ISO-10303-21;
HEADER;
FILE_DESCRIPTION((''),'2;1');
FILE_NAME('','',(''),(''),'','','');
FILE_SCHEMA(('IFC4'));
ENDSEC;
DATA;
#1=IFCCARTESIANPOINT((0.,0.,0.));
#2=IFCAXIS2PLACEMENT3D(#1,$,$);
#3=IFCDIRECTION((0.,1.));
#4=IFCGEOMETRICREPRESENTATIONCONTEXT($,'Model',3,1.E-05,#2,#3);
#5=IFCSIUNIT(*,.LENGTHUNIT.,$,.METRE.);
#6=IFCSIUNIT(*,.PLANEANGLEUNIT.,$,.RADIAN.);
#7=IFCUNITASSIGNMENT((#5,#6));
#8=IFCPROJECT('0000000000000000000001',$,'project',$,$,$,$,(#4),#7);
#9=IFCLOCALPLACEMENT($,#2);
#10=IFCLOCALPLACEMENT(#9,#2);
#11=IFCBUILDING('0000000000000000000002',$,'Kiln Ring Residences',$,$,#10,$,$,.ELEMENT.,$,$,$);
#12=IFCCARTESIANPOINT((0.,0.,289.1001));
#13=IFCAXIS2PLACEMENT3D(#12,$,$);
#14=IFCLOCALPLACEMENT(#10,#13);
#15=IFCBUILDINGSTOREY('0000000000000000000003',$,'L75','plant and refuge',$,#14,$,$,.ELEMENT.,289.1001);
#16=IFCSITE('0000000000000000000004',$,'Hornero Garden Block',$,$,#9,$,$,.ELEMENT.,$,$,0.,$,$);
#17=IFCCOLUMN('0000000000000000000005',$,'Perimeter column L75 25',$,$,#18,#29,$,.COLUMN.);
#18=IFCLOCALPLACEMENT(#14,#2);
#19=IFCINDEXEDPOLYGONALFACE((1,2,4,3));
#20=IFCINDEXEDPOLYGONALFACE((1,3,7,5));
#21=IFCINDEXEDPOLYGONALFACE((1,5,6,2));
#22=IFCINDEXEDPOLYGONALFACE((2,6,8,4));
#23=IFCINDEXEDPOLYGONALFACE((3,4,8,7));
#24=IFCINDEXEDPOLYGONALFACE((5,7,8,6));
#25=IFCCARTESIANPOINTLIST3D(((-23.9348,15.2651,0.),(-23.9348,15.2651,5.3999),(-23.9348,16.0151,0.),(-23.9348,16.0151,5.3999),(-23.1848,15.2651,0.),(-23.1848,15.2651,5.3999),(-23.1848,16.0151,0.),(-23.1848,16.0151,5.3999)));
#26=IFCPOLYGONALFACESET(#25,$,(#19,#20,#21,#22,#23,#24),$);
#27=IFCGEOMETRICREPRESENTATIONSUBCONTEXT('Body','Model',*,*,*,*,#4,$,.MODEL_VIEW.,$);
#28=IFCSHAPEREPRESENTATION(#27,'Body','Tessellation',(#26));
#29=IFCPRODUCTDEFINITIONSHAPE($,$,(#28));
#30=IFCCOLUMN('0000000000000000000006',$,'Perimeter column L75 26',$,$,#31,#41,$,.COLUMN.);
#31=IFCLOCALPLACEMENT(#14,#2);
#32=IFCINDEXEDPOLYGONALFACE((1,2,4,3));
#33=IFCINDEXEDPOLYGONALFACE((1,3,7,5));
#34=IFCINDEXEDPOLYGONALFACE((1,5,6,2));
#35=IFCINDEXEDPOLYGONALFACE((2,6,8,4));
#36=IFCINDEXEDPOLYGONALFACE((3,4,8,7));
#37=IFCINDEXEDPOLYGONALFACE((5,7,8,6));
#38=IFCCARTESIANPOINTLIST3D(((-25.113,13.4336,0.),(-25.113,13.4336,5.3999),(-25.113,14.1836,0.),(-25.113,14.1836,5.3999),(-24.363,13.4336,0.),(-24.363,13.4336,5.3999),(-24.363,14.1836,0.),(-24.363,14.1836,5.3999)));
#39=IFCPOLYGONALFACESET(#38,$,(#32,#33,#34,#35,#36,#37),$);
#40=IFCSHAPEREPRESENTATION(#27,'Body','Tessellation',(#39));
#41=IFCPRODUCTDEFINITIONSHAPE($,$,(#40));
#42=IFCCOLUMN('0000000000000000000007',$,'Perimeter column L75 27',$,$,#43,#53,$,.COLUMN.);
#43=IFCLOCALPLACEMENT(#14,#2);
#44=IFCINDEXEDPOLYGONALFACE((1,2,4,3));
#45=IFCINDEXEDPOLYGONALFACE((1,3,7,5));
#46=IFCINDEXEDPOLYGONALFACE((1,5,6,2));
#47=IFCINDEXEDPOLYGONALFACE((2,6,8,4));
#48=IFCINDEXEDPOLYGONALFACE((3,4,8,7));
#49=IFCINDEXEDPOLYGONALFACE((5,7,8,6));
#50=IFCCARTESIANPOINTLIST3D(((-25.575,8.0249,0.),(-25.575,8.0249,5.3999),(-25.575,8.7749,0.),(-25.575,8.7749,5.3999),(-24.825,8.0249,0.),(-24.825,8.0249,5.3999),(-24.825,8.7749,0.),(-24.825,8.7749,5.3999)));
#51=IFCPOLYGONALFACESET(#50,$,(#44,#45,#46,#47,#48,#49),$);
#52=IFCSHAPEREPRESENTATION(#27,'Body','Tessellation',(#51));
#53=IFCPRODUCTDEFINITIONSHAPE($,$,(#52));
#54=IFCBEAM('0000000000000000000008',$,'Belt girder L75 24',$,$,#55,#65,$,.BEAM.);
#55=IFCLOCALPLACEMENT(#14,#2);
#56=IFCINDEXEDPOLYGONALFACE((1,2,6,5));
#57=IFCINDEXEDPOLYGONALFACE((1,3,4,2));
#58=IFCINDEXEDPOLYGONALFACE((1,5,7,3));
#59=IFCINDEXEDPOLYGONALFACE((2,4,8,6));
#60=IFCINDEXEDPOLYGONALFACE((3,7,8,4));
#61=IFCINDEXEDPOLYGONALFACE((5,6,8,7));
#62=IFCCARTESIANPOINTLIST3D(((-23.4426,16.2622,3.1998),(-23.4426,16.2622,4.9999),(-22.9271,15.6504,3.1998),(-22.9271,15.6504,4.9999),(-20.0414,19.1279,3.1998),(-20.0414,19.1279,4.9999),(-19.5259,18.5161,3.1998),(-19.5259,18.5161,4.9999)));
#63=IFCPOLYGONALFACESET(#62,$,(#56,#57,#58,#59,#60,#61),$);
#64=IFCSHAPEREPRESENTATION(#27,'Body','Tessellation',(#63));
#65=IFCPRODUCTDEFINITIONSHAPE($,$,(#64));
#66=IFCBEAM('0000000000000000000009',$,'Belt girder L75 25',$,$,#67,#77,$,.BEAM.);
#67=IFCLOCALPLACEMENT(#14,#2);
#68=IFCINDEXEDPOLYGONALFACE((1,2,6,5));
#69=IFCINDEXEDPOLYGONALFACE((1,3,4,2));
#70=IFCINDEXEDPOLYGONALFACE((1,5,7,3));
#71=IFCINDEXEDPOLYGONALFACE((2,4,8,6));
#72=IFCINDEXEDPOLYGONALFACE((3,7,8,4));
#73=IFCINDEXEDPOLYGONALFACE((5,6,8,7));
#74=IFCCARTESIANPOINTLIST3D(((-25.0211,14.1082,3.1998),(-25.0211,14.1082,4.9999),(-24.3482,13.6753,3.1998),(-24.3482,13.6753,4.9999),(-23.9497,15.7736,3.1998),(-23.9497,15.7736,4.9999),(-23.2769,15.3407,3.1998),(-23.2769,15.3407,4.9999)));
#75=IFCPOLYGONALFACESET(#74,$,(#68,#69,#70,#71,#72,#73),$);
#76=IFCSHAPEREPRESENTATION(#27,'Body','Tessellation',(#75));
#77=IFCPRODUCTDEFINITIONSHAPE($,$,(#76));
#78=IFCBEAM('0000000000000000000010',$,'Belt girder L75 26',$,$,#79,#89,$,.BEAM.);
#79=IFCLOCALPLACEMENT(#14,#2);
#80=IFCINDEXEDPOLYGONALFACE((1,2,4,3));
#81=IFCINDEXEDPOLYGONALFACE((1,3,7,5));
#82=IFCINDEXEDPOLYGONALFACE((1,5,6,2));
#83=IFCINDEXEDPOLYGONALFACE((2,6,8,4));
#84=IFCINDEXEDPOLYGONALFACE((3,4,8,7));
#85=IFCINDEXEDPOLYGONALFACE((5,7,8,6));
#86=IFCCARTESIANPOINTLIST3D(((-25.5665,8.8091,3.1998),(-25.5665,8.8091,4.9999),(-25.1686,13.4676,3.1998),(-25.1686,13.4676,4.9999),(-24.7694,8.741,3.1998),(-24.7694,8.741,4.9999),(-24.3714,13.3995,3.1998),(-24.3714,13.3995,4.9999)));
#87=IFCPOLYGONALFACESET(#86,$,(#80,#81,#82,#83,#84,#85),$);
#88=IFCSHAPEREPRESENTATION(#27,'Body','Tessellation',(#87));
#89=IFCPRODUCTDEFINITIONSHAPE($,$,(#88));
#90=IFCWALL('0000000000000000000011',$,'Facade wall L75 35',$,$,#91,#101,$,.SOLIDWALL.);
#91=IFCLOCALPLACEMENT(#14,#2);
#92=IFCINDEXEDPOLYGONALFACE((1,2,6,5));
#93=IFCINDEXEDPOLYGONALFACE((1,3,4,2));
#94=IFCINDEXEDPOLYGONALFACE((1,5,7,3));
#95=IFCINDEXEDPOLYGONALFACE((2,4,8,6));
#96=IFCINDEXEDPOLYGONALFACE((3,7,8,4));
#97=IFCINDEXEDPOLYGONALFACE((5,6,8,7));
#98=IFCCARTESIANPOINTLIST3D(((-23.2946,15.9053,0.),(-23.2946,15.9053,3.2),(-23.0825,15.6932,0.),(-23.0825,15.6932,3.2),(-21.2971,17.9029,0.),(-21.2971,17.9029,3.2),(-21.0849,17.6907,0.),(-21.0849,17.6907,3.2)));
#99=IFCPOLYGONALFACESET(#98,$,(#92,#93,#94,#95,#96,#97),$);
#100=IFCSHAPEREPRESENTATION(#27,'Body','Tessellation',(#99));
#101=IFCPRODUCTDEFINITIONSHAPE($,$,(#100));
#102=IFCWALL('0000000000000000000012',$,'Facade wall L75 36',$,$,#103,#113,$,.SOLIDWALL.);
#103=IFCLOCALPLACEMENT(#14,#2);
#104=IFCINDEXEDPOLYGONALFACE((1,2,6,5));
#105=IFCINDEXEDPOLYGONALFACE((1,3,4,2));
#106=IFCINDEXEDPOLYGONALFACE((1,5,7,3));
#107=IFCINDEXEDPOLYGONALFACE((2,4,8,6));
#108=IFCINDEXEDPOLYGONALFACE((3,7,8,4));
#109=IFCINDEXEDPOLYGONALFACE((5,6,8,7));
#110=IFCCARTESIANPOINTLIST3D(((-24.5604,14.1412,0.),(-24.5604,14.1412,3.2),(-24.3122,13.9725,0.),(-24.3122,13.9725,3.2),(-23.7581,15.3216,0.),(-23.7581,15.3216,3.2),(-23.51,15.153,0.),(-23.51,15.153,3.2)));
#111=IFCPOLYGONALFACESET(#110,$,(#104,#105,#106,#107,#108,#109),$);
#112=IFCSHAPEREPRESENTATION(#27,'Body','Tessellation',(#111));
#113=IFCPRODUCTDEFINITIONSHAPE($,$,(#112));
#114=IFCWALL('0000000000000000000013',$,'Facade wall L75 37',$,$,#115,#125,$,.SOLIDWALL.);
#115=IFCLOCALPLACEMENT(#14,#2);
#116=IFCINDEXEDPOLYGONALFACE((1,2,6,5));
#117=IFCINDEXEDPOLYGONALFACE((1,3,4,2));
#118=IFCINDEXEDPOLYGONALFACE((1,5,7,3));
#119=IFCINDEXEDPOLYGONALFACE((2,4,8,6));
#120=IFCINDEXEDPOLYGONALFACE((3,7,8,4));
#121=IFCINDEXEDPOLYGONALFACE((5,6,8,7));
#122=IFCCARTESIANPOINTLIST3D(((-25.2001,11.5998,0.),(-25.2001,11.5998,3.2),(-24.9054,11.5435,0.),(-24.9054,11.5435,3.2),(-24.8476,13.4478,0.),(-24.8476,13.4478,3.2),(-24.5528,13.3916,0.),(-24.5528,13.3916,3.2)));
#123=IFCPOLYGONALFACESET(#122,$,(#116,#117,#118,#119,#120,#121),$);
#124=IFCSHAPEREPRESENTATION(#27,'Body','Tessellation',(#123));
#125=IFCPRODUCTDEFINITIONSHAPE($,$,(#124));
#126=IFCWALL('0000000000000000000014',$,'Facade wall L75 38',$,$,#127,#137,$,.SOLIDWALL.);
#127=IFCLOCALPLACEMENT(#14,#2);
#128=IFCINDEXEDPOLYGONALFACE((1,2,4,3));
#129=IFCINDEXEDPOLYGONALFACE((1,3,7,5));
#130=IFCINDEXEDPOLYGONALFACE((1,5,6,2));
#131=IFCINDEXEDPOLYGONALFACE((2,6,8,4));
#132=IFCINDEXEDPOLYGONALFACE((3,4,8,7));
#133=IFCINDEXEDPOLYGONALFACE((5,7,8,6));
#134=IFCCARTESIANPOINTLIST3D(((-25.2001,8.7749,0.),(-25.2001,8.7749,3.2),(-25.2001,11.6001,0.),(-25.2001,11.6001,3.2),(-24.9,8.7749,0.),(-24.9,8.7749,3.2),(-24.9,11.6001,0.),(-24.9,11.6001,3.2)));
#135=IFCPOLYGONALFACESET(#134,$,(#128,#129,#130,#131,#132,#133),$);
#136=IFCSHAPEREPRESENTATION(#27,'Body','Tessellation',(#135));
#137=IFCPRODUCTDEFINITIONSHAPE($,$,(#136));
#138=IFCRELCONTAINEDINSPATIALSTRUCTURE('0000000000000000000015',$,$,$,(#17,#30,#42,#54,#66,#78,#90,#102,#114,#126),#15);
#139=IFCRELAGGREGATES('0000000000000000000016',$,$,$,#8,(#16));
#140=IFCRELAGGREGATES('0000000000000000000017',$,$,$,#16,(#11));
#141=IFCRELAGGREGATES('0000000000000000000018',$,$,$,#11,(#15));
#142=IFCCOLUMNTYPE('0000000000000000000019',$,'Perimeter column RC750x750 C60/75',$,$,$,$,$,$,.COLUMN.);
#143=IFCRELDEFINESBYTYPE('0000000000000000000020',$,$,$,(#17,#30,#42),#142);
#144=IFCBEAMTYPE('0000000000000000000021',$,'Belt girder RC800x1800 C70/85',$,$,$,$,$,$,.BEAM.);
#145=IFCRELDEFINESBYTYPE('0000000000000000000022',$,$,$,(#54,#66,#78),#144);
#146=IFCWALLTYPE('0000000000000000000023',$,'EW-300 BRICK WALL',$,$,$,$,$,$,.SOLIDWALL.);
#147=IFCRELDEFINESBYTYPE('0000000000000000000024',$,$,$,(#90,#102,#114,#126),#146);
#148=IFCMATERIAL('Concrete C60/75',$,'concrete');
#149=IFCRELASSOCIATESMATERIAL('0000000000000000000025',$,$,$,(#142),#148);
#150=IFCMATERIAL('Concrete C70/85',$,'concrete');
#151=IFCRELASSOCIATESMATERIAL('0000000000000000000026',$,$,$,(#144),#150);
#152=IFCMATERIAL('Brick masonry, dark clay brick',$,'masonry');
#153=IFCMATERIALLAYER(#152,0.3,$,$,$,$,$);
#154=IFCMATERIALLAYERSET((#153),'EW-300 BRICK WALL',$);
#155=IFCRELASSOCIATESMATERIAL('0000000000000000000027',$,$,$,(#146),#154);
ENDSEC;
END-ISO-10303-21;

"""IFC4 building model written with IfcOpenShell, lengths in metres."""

from ifc_helpers import new_model, si_unit, direction, frame, frame_2d, origin, origin_2d, place, context, subcontext, project, spatial, rectangle, extrude, material, layer, layer_set, material_profile, profile_set, type_object, element, save


model = new_model("IFC4")

# Units and contexts
model_context = context("Model", 3, precision=1e-05, world=origin(), true_north=direction((0.0, 1.0)))
body_context = subcontext(model_context, "Body", "Model", "MODEL_VIEW")
ifc_project = project(units=[si_unit("LENGTHUNIT", "METRE"), si_unit("PLANEANGLEUNIT", "RADIAN")], contexts=[model_context])

# Site, building, storey
site_placement = place(None, origin())
site = spatial("IfcSite", under=ifc_project, at=site_placement, Name="Hornero Garden Block", CompositionType="ELEMENT", RefElevation=0.0)
building_placement = place(site_placement, origin())
building = spatial("IfcBuilding", under=site, at=building_placement, Name="Kiln Ring Residences", CompositionType="ELEMENT")
storey_placement = place(building_placement, frame((0.0, 0.0, 289.1001)))
storey = spatial("IfcBuildingStorey", under=building, at=storey_placement, Name="L75", Description="plant and refuge", CompositionType="ELEMENT", Elevation=289.1001)

# Columns
ifc_material_1 = material(Name="Concrete C60/75", Category="concrete")
ifc_material_profile_1 = material_profile(ifc_material_1, rectangle(XDim=0.75, YDim=0.75, at=origin_2d()), Name="RC750x750")
ifc_profile_set_1 = profile_set([ifc_material_profile_1], Name="Concrete C60/75")
column_type = type_object("IfcColumnType", Name="Perimeter column RC750x750 C60/75", PredefinedType="COLUMN", material=ifc_profile_set_1)
for number, where, z_axis, x_axis, name in (
    (1, (-23.5598, 15.6401, 0.0), (0.0, 0.0, 1.0), (1.0, 0.0, 0.0), "Perimeter column L75 25"),
    (2, (-24.738, 13.8086, 0.0), (0.0, 0.0, 1.0), (1.0, 0.0, 0.0), "Perimeter column L75 26"),
    (3, (-25.2, 8.3999, 0.0), (0.0, 0.0, 1.0), (1.0, 0.0, 0.0), "Perimeter column L75 27"),
):
    element("IfcColumn", number, at=place(storey_placement, frame(where, z_axis=z_axis, x_axis=x_axis)), inside=storey, type_object=column_type, Name=name, PredefinedType="COLUMN", context=body_context, shape_type="SweptSolid", body=[
        extrude(rectangle(XDim=0.75, YDim=0.75, at=origin_2d()), origin(), (0.0, 0.0, 1.0), 5.3999),
    ])

# Beams
ifc_material_2 = material(Name="Concrete C70/85", Category="concrete")
ifc_material_profile_2 = material_profile(ifc_material_2, rectangle(XDim=0.8, YDim=1.8, at=origin_2d()), Name="RC800x1800")
ifc_profile_set_2 = profile_set([ifc_material_profile_2], Name="Concrete C70/85")
beam_type = type_object("IfcBeamType", Name="Belt girder RC800x1800 C70/85", PredefinedType="BEAM", material=ifc_profile_set_2)
beam_1_placement = place(storey_placement, frame((-19.7837, 18.822, 4.0999), z_axis=(-0.764732, -0.644349, 0.0), x_axis=(0.644349, -0.764732, 0.0)))
element("IfcBeam", 4, at=beam_1_placement, inside=storey, type_object=beam_type, Name="Belt girder L75 24", PredefinedType="BEAM", context=body_context, shape_type="SweptSolid", body=[
    extrude(rectangle(XDim=0.8, YDim=1.8, at=origin_2d()), origin(), (0.0, 0.0, 1.0), 4.4475),
])
beam_2_placement = place(storey_placement, frame((-23.6133, 15.5571, 4.0999), z_axis=(-0.541026, -0.841006, 0.0), x_axis=(0.841006, -0.541026, 0.0)))
element("IfcBeam", 5, at=beam_2_placement, inside=storey, type_object=beam_type, Name="Belt girder L75 25", PredefinedType="BEAM", context=body_context, shape_type="SweptSolid", body=[
    extrude(rectangle(XDim=0.8, YDim=1.8, at=origin_2d()), origin(), (0.0, 0.0, 1.0), 1.9802),
])
beam_3_placement = place(storey_placement, frame((-24.77, 13.4336, 4.0999), z_axis=(-0.085111, -0.996371, 0.0), x_axis=(0.996371, -0.085111, 0.0)))
element("IfcBeam", 6, at=beam_3_placement, inside=storey, type_object=beam_type, Name="Belt girder L75 26", PredefinedType="BEAM", context=body_context, shape_type="SweptSolid", body=[
    extrude(rectangle(XDim=0.8, YDim=1.8, at=origin_2d()), origin(), (0.0, 0.0, 1.0), 4.6755),
])

# Walls
ifc_material_3 = material(Name="Brick masonry, dark clay brick", Category="masonry")
ifc_layer_1 = layer(ifc_material_3, 0.3)
ifc_layer_set_1 = layer_set([ifc_layer_1], Name="EW-300 BRICK WALL")
wall_type_1 = type_object("IfcWallType", Name="EW-300 BRICK WALL", PredefinedType="SOLIDWALL", material=ifc_layer_set_1)
wall_1_placement = place(storey_placement, frame((-21.1909, 17.7969, 0.0), z_axis=(0.0, 0.0, 1.0), x_axis=(-0.707107, -0.707107, 0.0)))
element("IfcWall", 7, at=wall_1_placement, inside=storey, type_object=wall_type_1, Name="Facade wall L75 35", PredefinedType="SOLIDWALL", context=body_context, shape_type="SweptSolid", body=[
    extrude(rectangle(XDim=2.825, YDim=0.3, at=frame_2d((1.4126, 0.0))), origin(), (0.0, 0.0, 1.0), 3.2),
])
wall_2_placement = place(storey_placement, frame((-23.634, 15.2373, 0.0), z_axis=(0.0, 0.0, 1.0), x_axis=(-0.562099, -0.82707, 0.0)))
element("IfcWall", 8, at=wall_2_placement, inside=storey, type_object=wall_type_1, Name="Facade wall L75 36", PredefinedType="SOLIDWALL", context=body_context, shape_type="SweptSolid", body=[
    extrude(rectangle(XDim=1.4272, YDim=0.3, at=frame_2d((0.7136, 0.0))), origin(), (0.0, 0.0, 1.0), 3.2),
])
wall_3_placement = place(storey_placement, frame((-24.7002, 13.4197, 0.0), z_axis=(0.0, 0.0, 1.0), x_axis=(-0.187398, -0.982284, 0.0)))
element("IfcWall", 9, at=wall_3_placement, inside=storey, type_object=wall_type_1, Name="Facade wall L75 37", PredefinedType="SOLIDWALL", context=body_context, shape_type="SweptSolid", body=[
    extrude(rectangle(XDim=1.8813, YDim=0.3, at=frame_2d((0.9407, 0.0))), origin(), (0.0, 0.0, 1.0), 3.2),
])
wall_4_placement = place(storey_placement, frame((-25.05, 11.6001, 0.0), z_axis=(0.0, 0.0, 1.0), x_axis=(0.0, -1.0, 0.0)))
element("IfcWall", 10, at=wall_4_placement, inside=storey, type_object=wall_type_1, Name="Facade wall L75 38", PredefinedType="SOLIDWALL", context=body_context, shape_type="SweptSolid", body=[
    extrude(rectangle(XDim=2.8252, YDim=0.3, at=frame_2d((1.4126, 0.0))), origin(), (0.0, 0.0, 1.0), 3.2),
])

save(model, "model.ifc")
